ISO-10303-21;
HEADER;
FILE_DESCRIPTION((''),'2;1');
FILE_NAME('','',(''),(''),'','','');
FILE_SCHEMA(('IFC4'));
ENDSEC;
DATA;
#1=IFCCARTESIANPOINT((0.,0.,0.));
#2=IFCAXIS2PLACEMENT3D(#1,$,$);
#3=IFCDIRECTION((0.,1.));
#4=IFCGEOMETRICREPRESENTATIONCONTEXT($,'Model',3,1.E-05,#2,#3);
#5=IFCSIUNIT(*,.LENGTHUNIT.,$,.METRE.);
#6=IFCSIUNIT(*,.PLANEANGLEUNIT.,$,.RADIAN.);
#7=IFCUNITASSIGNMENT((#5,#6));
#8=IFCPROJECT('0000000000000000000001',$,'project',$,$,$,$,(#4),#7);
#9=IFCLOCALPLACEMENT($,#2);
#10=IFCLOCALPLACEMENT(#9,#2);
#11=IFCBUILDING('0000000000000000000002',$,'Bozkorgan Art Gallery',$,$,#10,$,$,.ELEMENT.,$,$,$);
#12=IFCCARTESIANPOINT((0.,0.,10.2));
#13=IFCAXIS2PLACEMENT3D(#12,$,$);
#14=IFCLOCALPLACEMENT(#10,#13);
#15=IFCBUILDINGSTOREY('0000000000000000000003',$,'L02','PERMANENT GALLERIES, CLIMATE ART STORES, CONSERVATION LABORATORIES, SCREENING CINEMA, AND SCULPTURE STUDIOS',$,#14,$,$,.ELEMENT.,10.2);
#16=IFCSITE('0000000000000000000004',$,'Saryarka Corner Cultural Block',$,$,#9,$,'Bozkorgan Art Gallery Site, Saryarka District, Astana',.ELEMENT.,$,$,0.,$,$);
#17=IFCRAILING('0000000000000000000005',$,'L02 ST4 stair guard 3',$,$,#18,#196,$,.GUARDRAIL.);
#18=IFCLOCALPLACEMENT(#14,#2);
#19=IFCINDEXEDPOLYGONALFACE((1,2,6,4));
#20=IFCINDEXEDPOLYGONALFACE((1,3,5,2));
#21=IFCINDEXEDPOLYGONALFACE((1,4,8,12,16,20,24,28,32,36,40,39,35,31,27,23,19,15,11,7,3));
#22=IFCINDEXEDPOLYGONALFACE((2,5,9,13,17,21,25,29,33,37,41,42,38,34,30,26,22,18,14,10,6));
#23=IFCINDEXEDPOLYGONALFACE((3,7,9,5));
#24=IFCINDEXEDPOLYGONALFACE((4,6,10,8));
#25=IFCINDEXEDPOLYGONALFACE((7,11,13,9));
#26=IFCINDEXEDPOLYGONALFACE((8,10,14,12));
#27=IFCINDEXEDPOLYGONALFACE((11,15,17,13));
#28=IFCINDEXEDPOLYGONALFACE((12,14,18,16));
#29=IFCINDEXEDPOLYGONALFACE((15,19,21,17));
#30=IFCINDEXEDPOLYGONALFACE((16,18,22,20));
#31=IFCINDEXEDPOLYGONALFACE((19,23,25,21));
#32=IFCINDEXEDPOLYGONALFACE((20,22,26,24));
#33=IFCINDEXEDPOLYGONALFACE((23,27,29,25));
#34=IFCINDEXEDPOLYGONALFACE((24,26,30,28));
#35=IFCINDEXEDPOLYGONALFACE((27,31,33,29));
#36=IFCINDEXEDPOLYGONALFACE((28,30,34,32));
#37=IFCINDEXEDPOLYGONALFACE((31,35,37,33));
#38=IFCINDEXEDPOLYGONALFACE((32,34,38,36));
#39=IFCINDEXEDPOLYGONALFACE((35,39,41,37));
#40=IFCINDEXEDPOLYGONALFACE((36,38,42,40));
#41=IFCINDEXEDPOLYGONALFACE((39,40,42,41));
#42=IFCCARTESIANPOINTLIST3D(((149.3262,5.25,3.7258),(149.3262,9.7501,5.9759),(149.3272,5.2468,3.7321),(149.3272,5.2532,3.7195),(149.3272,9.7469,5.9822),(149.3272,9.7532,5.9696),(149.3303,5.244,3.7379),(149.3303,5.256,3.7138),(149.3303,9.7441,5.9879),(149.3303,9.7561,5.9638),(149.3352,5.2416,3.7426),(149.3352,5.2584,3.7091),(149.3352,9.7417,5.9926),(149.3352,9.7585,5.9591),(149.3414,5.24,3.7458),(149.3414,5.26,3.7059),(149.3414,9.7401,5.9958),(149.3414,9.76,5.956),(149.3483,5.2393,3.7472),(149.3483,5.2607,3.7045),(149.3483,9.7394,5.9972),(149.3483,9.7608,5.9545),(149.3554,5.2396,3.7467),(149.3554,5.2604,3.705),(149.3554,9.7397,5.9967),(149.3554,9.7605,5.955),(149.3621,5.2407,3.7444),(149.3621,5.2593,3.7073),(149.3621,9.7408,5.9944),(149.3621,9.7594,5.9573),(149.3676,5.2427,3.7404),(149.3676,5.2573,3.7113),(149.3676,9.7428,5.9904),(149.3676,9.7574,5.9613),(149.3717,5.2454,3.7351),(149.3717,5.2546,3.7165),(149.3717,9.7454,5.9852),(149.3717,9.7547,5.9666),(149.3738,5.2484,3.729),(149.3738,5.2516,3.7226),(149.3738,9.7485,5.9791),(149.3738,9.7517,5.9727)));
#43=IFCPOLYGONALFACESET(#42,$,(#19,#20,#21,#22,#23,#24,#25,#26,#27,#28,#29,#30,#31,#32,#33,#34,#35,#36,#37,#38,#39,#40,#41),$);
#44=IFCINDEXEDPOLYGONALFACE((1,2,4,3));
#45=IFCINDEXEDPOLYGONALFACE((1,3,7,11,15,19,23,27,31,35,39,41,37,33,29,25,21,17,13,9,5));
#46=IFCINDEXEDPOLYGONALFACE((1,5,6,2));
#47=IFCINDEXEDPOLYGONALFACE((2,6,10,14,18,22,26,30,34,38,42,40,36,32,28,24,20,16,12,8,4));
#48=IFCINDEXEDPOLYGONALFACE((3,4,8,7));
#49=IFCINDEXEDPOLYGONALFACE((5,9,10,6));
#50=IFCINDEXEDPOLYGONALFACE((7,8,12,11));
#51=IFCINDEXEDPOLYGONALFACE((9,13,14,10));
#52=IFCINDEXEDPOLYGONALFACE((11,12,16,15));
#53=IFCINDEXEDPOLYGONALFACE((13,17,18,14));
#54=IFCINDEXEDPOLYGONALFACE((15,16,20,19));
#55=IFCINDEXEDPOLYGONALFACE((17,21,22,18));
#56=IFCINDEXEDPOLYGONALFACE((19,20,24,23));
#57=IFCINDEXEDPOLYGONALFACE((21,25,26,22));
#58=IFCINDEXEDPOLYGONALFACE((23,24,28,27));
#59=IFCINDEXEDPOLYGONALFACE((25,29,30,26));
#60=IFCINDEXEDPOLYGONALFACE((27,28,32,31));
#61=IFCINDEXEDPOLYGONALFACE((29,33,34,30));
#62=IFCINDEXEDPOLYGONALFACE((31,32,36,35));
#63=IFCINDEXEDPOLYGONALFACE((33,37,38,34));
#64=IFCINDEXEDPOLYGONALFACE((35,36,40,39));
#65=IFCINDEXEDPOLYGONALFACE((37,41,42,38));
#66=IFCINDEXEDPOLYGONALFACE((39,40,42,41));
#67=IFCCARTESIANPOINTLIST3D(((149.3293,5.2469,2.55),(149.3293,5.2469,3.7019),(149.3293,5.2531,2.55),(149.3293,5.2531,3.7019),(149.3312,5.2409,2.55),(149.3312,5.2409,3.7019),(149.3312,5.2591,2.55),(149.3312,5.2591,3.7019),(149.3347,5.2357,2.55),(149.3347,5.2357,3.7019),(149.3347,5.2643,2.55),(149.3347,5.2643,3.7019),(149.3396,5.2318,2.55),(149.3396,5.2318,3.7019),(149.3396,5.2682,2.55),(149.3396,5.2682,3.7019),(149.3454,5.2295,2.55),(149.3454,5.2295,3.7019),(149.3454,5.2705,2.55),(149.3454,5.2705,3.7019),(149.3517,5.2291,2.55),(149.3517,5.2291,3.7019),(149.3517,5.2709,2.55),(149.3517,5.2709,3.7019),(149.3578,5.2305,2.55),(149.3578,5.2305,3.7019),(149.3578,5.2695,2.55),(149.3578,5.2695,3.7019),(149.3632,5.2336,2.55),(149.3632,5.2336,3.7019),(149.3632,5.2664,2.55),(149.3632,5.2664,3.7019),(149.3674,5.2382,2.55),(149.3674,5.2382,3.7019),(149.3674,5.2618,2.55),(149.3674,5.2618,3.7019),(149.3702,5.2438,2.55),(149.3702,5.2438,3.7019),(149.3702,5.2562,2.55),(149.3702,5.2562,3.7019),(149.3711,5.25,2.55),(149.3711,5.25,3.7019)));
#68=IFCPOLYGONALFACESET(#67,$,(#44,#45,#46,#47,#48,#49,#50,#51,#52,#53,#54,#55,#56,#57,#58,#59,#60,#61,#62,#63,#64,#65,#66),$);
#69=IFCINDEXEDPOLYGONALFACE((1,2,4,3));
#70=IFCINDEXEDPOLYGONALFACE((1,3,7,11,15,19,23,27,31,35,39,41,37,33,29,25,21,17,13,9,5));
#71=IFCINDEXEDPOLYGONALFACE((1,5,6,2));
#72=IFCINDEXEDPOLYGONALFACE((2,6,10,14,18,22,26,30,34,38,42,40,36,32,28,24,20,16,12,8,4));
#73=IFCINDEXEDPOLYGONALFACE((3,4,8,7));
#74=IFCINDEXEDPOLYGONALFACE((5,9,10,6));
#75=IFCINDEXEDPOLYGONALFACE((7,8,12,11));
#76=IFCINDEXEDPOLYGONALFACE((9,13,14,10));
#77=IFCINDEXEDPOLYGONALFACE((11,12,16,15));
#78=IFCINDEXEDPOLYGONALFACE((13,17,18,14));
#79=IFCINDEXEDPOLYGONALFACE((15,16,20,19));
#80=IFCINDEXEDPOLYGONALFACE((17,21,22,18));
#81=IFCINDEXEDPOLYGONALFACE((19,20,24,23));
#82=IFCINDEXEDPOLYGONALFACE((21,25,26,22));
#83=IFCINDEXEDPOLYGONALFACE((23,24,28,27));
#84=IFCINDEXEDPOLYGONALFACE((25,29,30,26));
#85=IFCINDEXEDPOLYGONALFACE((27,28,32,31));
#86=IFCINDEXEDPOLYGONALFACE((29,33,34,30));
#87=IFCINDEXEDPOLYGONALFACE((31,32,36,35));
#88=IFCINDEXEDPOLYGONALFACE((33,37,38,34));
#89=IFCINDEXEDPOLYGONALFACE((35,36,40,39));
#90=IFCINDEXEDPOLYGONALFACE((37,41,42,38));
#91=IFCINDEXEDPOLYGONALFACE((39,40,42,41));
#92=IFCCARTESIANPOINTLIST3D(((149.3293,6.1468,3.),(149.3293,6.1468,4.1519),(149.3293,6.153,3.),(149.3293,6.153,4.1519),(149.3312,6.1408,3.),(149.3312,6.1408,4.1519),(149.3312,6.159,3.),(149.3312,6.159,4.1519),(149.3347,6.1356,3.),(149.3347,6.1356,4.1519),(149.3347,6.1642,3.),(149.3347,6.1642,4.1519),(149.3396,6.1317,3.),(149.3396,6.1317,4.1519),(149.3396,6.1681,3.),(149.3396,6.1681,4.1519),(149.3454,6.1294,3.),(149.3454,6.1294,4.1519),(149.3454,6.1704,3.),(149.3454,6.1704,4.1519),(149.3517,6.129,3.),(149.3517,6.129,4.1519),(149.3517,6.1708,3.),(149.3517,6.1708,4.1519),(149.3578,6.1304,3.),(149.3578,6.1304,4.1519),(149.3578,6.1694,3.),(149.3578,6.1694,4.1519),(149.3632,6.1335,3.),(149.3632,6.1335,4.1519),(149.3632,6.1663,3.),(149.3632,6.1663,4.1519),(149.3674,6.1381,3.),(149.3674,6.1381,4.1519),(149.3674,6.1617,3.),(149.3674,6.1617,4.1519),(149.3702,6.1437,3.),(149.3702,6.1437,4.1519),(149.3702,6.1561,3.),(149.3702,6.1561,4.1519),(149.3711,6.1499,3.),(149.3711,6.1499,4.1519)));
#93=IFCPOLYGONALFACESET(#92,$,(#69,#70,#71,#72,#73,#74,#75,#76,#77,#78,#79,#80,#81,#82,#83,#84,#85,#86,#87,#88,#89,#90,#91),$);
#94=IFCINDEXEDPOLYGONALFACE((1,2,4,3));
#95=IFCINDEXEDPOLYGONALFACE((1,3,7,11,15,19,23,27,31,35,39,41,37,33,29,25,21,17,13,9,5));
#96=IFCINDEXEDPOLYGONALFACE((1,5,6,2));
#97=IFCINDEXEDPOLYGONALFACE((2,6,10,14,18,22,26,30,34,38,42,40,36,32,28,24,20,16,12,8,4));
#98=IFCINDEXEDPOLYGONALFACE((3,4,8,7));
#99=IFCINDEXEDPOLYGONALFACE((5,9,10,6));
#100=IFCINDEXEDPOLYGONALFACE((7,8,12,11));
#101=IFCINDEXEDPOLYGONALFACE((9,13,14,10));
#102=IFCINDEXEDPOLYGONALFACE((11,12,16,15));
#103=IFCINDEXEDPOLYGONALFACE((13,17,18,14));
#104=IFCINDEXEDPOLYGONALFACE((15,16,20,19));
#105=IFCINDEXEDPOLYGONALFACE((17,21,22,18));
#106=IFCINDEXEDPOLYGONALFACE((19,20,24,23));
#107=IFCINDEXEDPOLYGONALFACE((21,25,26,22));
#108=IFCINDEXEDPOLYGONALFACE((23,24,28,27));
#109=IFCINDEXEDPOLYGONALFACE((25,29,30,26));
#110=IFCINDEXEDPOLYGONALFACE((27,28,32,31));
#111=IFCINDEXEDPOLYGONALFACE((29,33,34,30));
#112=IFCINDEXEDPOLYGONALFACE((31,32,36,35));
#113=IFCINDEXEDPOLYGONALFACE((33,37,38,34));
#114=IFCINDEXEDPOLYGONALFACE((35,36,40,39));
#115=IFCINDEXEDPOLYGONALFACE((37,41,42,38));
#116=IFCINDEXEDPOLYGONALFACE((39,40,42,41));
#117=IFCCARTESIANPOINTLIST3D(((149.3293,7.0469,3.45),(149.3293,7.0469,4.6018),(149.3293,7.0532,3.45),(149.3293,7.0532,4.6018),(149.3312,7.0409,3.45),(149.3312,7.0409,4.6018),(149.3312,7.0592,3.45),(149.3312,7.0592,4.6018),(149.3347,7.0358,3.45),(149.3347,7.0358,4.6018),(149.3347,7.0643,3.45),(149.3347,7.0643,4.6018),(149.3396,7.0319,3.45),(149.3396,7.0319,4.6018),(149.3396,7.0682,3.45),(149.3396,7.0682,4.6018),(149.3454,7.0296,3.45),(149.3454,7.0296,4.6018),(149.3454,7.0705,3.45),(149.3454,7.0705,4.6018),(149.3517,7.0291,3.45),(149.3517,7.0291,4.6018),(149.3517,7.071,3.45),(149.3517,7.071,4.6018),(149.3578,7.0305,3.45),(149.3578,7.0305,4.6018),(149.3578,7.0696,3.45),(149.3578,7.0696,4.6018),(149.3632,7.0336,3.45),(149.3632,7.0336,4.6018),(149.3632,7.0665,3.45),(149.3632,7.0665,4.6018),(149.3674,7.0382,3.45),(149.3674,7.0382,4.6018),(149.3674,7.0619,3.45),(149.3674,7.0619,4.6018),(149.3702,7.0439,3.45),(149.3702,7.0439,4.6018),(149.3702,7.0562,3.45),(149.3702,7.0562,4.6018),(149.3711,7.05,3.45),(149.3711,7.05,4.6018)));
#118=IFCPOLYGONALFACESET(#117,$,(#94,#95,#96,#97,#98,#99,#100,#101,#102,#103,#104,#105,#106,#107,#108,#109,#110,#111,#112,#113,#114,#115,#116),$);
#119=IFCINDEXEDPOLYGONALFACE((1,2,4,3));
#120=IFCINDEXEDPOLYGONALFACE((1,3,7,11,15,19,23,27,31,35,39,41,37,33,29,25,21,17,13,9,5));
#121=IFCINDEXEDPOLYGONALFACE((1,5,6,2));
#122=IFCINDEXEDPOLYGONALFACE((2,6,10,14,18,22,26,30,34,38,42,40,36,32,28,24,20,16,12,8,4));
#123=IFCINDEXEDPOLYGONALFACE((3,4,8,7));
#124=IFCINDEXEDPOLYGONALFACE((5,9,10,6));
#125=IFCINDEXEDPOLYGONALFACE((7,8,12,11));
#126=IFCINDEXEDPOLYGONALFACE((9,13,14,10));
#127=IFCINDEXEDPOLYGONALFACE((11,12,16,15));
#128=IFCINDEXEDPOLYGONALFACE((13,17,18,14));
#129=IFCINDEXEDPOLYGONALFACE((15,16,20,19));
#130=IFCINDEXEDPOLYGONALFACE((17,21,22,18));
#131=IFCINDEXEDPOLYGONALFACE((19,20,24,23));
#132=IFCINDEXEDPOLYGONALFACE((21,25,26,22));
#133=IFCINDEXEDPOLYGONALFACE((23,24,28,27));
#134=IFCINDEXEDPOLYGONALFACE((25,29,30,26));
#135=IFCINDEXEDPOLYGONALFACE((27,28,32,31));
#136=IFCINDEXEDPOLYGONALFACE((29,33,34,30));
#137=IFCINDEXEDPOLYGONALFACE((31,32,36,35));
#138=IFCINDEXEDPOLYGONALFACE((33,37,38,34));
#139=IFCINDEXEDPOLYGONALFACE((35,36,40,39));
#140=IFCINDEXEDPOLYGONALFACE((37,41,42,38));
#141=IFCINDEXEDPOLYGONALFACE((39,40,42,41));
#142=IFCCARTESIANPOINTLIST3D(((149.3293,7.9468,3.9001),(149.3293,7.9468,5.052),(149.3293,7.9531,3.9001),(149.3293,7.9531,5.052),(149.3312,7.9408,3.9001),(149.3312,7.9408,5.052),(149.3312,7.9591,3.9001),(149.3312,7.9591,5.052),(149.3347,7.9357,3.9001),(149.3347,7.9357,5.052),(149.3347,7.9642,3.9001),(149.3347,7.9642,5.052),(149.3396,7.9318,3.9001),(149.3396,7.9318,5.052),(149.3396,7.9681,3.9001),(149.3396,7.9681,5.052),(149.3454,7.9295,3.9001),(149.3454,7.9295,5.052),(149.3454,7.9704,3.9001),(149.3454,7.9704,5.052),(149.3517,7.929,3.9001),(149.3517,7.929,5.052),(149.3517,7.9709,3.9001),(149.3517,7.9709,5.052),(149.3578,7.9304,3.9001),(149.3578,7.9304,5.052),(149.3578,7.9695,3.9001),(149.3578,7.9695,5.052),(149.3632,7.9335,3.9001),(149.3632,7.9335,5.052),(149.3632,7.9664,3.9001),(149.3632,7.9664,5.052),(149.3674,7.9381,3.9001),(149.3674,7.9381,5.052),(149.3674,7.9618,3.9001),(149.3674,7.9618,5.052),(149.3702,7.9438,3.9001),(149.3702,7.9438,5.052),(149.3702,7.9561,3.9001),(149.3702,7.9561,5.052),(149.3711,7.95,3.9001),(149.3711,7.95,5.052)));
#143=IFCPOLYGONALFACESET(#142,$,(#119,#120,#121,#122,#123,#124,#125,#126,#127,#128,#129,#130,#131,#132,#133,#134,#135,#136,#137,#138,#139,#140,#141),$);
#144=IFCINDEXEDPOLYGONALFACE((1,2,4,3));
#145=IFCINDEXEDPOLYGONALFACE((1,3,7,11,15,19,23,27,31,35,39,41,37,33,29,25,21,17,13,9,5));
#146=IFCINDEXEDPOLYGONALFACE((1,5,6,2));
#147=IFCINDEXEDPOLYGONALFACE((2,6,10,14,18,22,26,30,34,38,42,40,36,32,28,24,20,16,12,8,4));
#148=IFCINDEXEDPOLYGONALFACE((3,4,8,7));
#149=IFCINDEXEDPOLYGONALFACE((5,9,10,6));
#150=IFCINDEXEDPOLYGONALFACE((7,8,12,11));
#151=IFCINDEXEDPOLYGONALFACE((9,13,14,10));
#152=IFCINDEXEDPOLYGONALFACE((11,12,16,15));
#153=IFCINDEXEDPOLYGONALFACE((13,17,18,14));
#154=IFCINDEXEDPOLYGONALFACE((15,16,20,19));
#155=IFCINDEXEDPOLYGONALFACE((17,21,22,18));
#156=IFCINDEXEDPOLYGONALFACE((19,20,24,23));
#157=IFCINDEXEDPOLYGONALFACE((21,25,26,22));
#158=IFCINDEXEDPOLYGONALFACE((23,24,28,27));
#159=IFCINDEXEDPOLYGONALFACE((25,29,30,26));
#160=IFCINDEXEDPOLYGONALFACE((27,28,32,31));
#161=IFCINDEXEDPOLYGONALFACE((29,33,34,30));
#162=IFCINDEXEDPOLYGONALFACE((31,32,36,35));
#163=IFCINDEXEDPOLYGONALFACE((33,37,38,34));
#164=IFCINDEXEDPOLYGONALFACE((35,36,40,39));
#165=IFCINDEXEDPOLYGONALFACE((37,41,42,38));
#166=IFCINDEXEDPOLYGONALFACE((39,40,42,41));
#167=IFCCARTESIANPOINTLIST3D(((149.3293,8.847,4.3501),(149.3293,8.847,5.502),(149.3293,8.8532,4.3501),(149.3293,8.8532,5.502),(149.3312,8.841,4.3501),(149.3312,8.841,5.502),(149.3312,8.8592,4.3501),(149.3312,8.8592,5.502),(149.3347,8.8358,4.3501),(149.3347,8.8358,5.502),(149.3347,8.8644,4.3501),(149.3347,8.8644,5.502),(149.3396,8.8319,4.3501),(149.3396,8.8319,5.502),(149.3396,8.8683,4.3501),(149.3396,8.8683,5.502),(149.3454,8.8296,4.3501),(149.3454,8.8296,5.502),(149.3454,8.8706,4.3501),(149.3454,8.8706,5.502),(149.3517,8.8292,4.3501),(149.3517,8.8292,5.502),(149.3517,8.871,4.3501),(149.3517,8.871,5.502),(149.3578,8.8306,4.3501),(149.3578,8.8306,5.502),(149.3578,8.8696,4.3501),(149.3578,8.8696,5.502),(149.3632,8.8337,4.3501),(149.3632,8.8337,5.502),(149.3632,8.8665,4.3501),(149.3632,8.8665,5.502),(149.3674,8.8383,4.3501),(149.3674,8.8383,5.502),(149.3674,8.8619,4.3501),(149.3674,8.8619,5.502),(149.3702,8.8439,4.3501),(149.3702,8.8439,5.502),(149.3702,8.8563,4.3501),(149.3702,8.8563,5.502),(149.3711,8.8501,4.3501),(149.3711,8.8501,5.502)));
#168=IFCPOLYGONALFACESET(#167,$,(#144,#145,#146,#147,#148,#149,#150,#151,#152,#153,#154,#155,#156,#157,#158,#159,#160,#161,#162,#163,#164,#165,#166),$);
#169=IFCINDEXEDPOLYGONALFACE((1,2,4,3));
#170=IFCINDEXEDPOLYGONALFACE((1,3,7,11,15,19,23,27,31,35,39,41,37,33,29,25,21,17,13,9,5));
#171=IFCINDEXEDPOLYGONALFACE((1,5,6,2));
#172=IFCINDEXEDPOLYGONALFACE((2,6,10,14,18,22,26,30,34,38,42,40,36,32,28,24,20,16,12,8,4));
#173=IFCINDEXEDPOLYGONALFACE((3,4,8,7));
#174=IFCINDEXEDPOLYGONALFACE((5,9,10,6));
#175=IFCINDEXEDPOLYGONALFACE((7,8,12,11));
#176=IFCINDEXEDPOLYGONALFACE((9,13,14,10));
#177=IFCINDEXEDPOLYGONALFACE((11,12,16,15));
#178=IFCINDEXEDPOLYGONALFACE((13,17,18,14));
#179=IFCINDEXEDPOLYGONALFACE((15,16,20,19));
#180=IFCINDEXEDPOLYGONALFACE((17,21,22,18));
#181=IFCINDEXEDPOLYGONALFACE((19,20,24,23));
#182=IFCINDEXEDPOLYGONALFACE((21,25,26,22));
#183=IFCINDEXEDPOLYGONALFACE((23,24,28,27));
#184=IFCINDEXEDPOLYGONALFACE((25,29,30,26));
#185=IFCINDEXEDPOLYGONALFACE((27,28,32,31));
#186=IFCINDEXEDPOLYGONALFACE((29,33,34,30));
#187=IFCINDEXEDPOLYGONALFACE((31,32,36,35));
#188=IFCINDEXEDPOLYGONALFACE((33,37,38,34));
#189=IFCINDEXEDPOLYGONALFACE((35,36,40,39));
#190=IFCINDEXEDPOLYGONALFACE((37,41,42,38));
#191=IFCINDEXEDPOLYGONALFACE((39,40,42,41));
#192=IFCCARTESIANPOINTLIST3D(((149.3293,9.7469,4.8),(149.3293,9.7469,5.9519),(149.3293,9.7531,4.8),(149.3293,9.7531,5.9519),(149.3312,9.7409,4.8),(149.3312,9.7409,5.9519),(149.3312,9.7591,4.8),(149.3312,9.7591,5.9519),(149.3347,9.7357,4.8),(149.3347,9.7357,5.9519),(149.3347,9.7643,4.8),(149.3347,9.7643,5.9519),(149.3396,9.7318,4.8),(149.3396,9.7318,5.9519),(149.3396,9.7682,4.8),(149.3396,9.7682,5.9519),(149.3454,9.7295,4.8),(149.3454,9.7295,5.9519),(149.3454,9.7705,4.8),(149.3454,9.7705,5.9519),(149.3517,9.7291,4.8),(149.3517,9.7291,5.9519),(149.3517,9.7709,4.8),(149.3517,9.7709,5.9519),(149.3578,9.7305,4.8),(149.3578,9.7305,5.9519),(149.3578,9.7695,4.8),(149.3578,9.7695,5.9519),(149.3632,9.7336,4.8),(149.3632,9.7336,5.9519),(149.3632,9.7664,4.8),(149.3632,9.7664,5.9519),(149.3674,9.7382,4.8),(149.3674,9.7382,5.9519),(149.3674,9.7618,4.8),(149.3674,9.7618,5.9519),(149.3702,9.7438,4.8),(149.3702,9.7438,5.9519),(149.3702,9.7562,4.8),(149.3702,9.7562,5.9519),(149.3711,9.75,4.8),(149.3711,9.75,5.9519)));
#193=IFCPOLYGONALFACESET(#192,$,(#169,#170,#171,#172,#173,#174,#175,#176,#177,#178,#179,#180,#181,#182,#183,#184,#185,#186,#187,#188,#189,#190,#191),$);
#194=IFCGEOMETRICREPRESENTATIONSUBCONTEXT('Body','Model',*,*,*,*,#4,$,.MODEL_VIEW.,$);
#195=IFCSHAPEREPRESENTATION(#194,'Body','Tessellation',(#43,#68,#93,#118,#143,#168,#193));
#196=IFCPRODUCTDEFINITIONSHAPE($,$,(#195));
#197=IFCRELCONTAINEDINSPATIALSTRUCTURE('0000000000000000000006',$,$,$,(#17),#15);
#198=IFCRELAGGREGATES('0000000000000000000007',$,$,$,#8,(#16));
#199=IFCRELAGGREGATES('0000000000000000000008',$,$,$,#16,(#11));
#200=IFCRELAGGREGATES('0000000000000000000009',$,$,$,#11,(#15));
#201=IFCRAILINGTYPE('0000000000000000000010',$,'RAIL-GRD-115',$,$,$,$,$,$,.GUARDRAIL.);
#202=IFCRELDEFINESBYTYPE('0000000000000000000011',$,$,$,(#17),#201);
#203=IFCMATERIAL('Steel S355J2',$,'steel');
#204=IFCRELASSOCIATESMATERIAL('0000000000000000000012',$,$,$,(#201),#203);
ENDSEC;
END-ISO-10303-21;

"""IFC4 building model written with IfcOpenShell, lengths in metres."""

from ifc_helpers import new_model, si_unit, direction, frame, origin, origin_2d, place, context, subcontext, project, spatial, circle, extrude, material, type_object, element, save


model = new_model("IFC4")

# Units and contexts
model_context = context("Model", 3, precision=1e-05, world=origin(), true_north=direction((0.0, 1.0)))
body_context = subcontext(model_context, "Body", "Model", "MODEL_VIEW")
ifc_project = project(units=[si_unit("LENGTHUNIT", "METRE"), si_unit("PLANEANGLEUNIT", "RADIAN")], contexts=[model_context])

# Site, building, storey
site_placement = place(None, origin())
site = spatial("IfcSite", under=ifc_project, at=site_placement, Name="Saryarka Corner Cultural Block", LongName="Bozkorgan Art Gallery Site, Saryarka District, Astana", CompositionType="ELEMENT", RefElevation=0.0)
building_placement = place(site_placement, origin())
building = spatial("IfcBuilding", under=site, at=building_placement, Name="Bozkorgan Art Gallery", CompositionType="ELEMENT")
storey_placement = place(building_placement, frame((0.0, 0.0, 10.2)))
storey = spatial("IfcBuildingStorey", under=building, at=storey_placement, Name="L02", Description="PERMANENT GALLERIES, CLIMATE ART STORES, CONSERVATION LABORATORIES, SCREENING CINEMA, AND SCULPTURE STUDIOS", CompositionType="ELEMENT", Elevation=10.2)

# Shared definitions
ifc_material_1 = material(Name="Steel S355J2", Category="steel")

# Railing
railing_type_1 = type_object("IfcRailingType", Name="RAIL-GRD-115", PredefinedType="GUARDRAIL", material=ifc_material_1)
railing_1_placement = place(storey_placement, frame((149.3501, 5.25, 2.55)))
element("IfcRailing", 1, at=railing_1_placement, inside=storey, type_object=railing_type_1, Name="L02 ST4 stair guard 3", PredefinedType="GUARDRAIL", context=body_context, shape_type="SweptSolid", body=[
    extrude(circle(Radius=0.0239, at=origin_2d()), frame((0.0, 0.0, 1.1758), z_axis=(0.0, 0.894427, 0.447214), x_axis=(-1.0, 0.0, 0.0)), (0.0, 0.0, 1.0), 5.0312),
    extrude(circle(Radius=0.021, at=origin_2d()), origin(), (0.0, 0.0, 1.0), 1.1519),
    extrude(circle(Radius=0.021, at=origin_2d()), frame((0.0, 0.8999, 0.45)), (0.0, 0.0, 1.0), 1.1519),
    extrude(circle(Radius=0.021, at=origin_2d()), frame((0.0, 1.8, 0.8999)), (0.0, 0.0, 1.0), 1.1519),
    extrude(circle(Radius=0.021, at=origin_2d()), frame((0.0, 2.7, 1.3501)), (0.0, 0.0, 1.0), 1.1519),
    extrude(circle(Radius=0.021, at=origin_2d()), frame((0.0, 3.6001, 1.8)), (0.0, 0.0, 1.0), 1.1519),
    extrude(circle(Radius=0.021, at=origin_2d()), frame((0.0, 4.5, 2.25)), (0.0, 0.0, 1.0), 1.1519),
])

save(model, "model.ifc")
